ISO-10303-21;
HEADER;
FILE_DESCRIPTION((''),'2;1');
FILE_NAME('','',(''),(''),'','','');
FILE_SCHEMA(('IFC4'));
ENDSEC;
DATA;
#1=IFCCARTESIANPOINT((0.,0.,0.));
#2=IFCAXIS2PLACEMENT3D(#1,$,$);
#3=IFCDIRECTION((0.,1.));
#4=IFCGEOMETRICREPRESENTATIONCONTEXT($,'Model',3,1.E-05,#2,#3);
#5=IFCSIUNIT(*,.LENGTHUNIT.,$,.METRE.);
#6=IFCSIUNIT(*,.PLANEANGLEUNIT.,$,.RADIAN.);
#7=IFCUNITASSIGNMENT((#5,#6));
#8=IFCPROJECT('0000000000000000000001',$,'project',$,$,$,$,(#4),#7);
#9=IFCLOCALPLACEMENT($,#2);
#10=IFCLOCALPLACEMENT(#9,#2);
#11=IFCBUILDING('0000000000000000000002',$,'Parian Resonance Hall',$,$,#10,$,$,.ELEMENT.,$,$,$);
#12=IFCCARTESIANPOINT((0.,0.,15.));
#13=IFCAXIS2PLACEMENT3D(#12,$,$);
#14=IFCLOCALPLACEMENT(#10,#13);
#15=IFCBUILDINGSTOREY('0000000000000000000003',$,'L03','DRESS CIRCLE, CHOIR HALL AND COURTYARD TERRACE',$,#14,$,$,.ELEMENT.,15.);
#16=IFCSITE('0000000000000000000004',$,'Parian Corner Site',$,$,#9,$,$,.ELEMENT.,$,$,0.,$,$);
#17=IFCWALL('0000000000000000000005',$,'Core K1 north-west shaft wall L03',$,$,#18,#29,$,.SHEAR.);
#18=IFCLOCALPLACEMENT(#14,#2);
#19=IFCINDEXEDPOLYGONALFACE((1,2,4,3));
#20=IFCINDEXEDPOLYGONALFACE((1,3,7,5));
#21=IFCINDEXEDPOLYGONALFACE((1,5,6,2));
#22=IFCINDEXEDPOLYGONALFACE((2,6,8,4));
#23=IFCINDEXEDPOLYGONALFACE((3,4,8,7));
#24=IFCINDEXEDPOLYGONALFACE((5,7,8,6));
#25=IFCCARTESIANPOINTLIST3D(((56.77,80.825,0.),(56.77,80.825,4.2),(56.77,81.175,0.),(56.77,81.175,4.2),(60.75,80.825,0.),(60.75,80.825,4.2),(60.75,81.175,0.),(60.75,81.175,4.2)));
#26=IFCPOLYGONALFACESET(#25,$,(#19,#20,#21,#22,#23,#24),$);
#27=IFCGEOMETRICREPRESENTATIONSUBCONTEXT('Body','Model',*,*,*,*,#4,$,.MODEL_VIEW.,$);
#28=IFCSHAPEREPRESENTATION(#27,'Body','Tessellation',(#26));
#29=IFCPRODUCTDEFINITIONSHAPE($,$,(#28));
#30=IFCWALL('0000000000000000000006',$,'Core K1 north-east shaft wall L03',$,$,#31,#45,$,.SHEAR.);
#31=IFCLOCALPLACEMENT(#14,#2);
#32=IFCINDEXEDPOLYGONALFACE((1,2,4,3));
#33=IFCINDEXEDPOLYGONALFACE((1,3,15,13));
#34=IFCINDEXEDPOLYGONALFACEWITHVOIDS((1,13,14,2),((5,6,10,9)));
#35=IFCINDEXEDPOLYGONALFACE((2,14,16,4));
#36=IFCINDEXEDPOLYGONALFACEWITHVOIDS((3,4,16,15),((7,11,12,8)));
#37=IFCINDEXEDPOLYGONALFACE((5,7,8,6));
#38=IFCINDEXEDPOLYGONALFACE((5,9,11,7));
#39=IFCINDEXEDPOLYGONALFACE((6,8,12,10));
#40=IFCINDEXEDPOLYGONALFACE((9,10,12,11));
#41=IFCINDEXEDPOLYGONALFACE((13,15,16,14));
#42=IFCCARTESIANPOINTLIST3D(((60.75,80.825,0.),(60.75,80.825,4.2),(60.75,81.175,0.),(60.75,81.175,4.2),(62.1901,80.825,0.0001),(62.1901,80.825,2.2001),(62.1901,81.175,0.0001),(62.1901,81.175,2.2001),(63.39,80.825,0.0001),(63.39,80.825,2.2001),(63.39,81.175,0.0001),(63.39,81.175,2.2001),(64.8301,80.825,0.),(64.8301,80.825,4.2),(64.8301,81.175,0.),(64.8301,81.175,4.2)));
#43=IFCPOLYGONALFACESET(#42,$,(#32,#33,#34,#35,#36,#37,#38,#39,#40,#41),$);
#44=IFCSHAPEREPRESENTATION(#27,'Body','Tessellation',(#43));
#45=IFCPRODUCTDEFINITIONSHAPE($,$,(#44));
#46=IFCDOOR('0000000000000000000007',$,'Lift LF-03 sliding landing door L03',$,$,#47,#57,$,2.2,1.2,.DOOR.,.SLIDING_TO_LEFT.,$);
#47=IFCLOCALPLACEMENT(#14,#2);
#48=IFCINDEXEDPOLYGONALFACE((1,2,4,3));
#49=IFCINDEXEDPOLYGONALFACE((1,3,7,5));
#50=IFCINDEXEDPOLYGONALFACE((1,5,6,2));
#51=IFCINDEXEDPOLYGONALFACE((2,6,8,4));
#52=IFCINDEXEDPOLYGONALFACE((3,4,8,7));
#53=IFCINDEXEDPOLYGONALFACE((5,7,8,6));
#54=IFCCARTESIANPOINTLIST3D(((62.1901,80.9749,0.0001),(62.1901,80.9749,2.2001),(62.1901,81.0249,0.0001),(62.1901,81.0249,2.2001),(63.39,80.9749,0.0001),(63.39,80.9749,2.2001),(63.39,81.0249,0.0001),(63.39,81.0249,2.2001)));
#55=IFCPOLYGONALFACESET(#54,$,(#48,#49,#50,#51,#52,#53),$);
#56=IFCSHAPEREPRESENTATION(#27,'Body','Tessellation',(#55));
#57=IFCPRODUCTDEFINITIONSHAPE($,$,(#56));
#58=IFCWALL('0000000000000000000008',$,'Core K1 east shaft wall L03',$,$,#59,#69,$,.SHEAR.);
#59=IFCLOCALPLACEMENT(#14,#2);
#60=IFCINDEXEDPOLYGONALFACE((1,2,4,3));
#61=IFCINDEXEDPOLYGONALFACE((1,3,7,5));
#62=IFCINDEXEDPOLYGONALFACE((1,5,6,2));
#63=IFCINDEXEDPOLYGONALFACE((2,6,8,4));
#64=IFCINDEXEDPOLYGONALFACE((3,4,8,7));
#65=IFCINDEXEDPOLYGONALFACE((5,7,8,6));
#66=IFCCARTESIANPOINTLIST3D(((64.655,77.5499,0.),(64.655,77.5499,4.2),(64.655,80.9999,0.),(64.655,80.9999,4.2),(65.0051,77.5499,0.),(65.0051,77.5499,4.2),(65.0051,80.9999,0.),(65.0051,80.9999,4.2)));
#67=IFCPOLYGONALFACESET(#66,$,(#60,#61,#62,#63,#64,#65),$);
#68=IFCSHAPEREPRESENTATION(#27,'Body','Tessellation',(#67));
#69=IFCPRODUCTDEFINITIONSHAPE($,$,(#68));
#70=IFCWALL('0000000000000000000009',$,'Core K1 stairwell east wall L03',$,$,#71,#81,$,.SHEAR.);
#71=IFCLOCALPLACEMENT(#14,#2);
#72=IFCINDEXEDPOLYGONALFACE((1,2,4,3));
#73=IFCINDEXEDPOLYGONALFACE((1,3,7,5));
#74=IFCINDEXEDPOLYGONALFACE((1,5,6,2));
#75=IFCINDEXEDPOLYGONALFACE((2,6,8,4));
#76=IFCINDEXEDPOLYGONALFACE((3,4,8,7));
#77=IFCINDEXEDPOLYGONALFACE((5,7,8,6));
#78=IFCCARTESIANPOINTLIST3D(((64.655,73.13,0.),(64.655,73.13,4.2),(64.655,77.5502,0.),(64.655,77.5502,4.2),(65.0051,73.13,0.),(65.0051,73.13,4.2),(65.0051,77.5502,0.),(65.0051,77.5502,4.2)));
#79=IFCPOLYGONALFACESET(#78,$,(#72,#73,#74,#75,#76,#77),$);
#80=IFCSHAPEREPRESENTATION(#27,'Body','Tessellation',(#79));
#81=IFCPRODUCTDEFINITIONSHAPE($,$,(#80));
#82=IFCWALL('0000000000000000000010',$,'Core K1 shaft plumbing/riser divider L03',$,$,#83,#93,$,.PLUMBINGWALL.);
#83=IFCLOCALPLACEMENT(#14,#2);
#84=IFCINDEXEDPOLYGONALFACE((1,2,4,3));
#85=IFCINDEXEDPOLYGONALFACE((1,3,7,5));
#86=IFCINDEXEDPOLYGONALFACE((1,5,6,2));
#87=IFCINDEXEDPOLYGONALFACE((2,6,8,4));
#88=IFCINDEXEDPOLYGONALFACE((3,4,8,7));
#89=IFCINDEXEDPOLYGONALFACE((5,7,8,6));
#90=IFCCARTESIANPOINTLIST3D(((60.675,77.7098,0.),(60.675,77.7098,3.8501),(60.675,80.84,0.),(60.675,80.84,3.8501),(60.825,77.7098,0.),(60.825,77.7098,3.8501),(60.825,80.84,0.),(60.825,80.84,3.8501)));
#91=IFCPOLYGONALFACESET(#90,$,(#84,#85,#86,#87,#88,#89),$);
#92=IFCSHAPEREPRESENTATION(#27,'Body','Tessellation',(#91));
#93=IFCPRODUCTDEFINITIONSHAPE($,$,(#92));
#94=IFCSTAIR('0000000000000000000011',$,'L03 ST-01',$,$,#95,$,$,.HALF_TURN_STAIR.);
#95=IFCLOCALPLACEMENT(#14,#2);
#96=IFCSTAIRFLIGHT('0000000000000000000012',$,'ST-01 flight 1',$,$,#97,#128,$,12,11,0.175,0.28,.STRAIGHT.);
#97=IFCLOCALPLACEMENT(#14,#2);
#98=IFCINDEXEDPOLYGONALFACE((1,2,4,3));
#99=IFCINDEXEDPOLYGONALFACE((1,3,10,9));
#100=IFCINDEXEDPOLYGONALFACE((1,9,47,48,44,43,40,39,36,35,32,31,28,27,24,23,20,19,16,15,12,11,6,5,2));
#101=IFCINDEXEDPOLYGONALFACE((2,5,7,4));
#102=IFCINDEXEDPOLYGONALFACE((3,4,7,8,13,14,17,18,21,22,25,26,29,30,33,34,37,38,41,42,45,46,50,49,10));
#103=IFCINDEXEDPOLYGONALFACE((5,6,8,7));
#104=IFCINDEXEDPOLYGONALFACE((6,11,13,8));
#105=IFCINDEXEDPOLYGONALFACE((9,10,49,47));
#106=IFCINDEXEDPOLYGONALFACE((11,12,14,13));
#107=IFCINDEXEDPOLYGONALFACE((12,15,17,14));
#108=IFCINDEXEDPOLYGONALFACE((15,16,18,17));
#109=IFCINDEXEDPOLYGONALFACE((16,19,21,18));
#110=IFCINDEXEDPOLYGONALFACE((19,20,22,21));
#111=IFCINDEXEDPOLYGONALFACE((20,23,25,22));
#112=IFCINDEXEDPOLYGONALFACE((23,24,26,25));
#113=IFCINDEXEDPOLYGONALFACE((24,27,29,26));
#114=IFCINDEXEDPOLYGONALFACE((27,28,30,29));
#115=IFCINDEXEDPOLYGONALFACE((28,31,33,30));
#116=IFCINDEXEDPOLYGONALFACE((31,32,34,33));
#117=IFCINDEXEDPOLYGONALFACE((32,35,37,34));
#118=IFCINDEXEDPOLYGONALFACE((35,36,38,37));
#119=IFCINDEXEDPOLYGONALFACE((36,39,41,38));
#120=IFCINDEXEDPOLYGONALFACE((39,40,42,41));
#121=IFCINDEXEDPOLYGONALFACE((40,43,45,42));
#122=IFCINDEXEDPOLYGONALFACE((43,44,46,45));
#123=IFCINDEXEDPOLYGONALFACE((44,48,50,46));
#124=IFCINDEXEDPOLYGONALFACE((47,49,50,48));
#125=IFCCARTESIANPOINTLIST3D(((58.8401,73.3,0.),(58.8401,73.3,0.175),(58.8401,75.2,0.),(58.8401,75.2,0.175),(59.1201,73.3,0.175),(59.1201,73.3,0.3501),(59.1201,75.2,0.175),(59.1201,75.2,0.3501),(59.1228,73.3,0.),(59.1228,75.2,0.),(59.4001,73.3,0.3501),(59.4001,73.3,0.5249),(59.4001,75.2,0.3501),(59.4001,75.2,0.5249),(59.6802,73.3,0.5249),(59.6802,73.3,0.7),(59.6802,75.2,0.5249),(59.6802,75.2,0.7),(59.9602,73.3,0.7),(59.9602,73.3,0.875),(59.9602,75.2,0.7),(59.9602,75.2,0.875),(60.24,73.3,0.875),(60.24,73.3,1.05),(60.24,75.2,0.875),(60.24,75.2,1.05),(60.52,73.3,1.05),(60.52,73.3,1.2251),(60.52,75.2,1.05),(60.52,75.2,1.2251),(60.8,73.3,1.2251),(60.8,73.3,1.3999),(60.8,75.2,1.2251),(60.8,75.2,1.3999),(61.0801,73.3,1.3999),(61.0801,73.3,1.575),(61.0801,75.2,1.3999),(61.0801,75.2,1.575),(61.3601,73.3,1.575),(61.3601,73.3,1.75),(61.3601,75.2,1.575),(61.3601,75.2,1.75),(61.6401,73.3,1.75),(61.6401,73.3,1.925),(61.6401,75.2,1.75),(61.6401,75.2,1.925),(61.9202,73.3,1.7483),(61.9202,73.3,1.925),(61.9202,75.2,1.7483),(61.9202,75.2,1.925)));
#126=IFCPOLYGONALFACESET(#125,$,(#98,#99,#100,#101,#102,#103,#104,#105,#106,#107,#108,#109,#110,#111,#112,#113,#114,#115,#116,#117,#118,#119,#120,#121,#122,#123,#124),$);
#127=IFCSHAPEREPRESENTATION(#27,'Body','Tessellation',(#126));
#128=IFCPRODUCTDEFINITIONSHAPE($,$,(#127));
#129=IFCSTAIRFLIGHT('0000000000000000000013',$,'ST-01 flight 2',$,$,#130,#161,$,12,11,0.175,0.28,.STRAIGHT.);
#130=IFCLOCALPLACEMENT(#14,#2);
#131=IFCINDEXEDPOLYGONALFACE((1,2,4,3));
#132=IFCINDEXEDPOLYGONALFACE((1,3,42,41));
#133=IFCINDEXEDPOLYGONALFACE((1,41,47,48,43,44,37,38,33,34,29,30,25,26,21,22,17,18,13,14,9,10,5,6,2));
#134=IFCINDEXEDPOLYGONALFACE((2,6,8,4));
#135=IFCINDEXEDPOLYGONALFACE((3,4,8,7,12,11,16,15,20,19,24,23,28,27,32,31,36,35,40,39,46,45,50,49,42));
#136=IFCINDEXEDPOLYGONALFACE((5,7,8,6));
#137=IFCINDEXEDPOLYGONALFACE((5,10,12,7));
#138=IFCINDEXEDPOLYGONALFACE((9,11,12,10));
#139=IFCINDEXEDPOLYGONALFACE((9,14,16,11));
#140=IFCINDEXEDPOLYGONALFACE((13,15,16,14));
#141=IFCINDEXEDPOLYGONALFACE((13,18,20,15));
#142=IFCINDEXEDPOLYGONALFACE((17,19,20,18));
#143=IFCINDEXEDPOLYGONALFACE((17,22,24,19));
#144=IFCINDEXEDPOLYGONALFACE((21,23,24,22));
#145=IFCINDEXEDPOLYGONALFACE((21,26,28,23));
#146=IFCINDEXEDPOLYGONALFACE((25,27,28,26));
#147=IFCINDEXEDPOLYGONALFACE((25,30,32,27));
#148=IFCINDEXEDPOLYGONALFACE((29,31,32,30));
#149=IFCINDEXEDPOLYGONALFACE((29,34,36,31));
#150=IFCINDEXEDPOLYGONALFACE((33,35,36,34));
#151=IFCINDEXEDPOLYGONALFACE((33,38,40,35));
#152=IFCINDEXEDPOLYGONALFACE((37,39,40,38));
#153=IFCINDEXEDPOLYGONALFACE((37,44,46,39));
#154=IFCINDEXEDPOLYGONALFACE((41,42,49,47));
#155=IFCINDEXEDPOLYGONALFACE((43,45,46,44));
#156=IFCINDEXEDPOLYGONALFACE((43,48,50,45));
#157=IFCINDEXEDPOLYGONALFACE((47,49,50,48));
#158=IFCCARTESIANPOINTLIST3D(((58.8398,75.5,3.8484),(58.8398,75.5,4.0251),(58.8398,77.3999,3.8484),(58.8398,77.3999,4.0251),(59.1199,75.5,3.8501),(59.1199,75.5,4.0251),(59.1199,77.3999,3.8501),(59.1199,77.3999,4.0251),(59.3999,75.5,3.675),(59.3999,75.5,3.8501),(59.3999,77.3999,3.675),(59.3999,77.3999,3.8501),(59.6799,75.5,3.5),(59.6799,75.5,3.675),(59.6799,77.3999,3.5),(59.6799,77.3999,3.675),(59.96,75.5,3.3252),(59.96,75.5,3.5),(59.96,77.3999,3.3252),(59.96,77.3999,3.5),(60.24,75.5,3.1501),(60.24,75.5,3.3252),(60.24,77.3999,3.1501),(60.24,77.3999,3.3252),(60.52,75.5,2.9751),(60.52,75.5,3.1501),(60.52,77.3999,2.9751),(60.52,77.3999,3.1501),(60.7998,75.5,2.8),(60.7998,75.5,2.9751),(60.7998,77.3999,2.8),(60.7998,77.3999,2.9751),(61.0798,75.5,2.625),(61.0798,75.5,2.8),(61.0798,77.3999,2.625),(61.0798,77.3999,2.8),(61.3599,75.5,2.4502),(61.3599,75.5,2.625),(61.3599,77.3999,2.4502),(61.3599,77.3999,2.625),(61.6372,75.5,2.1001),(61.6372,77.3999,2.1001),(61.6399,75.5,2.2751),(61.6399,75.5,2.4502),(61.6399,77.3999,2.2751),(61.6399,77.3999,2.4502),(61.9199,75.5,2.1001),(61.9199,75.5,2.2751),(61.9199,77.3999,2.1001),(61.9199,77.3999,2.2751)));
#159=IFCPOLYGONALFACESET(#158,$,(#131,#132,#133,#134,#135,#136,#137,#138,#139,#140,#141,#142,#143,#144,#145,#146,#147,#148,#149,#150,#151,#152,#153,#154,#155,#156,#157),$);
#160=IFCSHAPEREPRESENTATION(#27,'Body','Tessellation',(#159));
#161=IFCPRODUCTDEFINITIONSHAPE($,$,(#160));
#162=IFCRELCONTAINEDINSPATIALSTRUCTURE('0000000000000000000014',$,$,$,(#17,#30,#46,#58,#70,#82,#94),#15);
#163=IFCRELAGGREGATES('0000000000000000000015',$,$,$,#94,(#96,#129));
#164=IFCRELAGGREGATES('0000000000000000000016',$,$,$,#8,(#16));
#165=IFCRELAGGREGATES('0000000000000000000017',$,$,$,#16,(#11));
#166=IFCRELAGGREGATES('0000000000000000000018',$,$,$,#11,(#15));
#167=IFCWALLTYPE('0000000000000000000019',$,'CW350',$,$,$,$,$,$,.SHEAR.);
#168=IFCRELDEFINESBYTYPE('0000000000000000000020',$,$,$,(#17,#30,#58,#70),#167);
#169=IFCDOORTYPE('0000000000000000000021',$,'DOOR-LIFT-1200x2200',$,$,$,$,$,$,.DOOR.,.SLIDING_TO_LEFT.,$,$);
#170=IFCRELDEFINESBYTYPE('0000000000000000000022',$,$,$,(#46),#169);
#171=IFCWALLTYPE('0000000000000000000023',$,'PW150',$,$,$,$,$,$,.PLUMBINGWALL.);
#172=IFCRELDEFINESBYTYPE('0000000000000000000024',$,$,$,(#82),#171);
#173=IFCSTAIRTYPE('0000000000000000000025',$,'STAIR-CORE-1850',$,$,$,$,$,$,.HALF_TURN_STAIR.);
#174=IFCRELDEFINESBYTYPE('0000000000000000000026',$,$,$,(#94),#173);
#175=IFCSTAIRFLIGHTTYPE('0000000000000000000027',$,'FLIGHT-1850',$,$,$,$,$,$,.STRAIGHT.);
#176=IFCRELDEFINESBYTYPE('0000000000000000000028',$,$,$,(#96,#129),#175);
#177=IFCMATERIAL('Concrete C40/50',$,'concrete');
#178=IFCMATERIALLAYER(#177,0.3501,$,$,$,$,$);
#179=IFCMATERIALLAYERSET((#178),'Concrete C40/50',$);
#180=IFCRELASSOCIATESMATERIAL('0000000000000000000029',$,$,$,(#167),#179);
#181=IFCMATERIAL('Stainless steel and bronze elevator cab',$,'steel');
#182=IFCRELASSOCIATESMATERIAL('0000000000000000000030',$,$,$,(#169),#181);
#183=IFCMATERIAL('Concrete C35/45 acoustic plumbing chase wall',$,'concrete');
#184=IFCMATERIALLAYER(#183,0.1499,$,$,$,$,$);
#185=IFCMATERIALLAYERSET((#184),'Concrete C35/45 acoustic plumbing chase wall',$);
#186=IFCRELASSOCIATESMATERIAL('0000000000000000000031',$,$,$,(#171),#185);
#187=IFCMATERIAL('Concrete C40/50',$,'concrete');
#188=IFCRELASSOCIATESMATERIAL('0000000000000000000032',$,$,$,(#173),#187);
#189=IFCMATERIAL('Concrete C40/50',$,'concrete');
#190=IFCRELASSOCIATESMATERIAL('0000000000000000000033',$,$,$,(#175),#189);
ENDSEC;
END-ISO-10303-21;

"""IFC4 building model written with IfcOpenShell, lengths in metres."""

from ifc_helpers import new_model, si_unit, direction, frame, frame_2d, origin, place, context, subcontext, project, spatial, polyline, rectangle, outline, extrude, material, layer, layer_set, type_object, element, fill, aggregate, save


model = new_model("IFC4")

# Units and contexts
model_context = context("Model", 3, precision=1e-05, world=origin(), true_north=direction((0.0, 1.0)))
body_context = subcontext(model_context, "Body", "Model", "MODEL_VIEW")
ifc_project = project(units=[si_unit("LENGTHUNIT", "METRE"), si_unit("PLANEANGLEUNIT", "RADIAN")], contexts=[model_context])

# Site, building, storey
site_placement = place(None, origin())
site = spatial("IfcSite", under=ifc_project, at=site_placement, Name="Parian Corner Site", CompositionType="ELEMENT", RefElevation=0.0)
building_placement = place(site_placement, origin())
building = spatial("IfcBuilding", under=site, at=building_placement, Name="Parian Resonance Hall", CompositionType="ELEMENT")
storey_placement = place(building_placement, frame((0.0, 0.0, 15.0)))
storey = spatial("IfcBuildingStorey", under=building, at=storey_placement, Name="L03", Description="DRESS CIRCLE, CHOIR HALL AND COURTYARD TERRACE", CompositionType="ELEMENT", Elevation=15.0)

# Shared definitions
ifc_material_1 = material(Name="Concrete C40/50", Category="concrete")
ifc_layer_1 = layer(ifc_material_1, 0.3501)
ifc_layer_set_1 = layer_set([ifc_layer_1], Name="Concrete C40/50")
wall_type_1 = type_object("IfcWallType", Name="CW350", PredefinedType="SHEAR", material=ifc_layer_set_1)
ifc_material_2 = material(Name="Stainless steel and bronze elevator cab", Category="steel")
door_type = type_object("IfcDoorType", Name="DOOR-LIFT-1200x2200", OperationType="SLIDING_TO_LEFT", PredefinedType="DOOR", material=ifc_material_2)

# Wall
wall_1_placement = place(storey_placement, frame((56.77, 81.0, 0.0), z_axis=(0.0, 0.0, 1.0), x_axis=(1.0, 0.0, 0.0)))
element("IfcWall", 1, at=wall_1_placement, inside=storey, type_object=wall_type_1, Name="Core K1 north-west shaft wall L03", PredefinedType="SHEAR", context=body_context, shape_type="SweptSolid", body=[
    extrude(rectangle(XDim=3.98, YDim=0.3501, at=frame_2d((1.99, 0.0))), origin(), (0.0, 0.0, 1.0), 4.2),
])

# Wall, opening, door
wall_2_placement = place(storey_placement, frame((60.75, 81.0, 0.0), z_axis=(0.0, 0.0, 1.0), x_axis=(1.0, 0.0, 0.0)))
wall_2 = element("IfcWall", 2, at=wall_2_placement, inside=storey, type_object=wall_type_1, Name="Core K1 north-east shaft wall L03", PredefinedType="SHEAR", context=body_context, shape_type="SweptSolid", body=[
    extrude(rectangle(XDim=4.0801, YDim=0.3501, at=frame_2d((2.04, 0.0))), origin(), (0.0, 0.0, 1.0), 4.2),
])
opening_1_placement = place(wall_2_placement, frame((1.4399, 0.0, 0.0)))
opening_1 = element("IfcOpeningElement", 3, at=opening_1_placement, cuts=wall_2, PredefinedType="OPENING", context=body_context, shape_type="SweptSolid", body=[
    extrude(rectangle(XDim=1.2, YDim=2.2, at=frame_2d((0.6001, 1.1001))), frame((0.0, 0.1851, 0.0), z_axis=(0.0, -1.0, 0.0), x_axis=(1.0, 0.0, 0.0)), (0.0, 0.0, 1.0), 0.3701),
])
door_1_placement = place(opening_1_placement, origin())
door_1 = element("IfcDoor", 4, at=door_1_placement, inside=storey, type_object=door_type, Name="Lift LF-03 sliding landing door L03", OperationType="SLIDING_TO_LEFT", OverallHeight=2.2, OverallWidth=1.2, PredefinedType="DOOR", context=body_context, shape_type="SweptSolid", body=[
    extrude(rectangle(XDim=1.2, YDim=2.2, at=frame_2d((0.6001, 1.1001))), frame((0.0, 0.0249, 0.0), z_axis=(0.0, -1.0, 0.0), x_axis=(1.0, 0.0, 0.0)), (0.0, 0.0, 1.0), 0.05),
])
fill(opening_1, door_1)

# Walls
wall_3_placement = place(storey_placement, frame((64.8301, 81.0, 0.0), z_axis=(0.0, 0.0, 1.0), x_axis=(0.0, -1.0, 0.0)))
element("IfcWall", 5, at=wall_3_placement, inside=storey, type_object=wall_type_1, Name="Core K1 east shaft wall L03", PredefinedType="SHEAR", context=body_context, shape_type="SweptSolid", body=[
    extrude(rectangle(XDim=3.45, YDim=0.3501, at=frame_2d((1.7251, 0.0))), origin(), (0.0, 0.0, 1.0), 4.2),
])
wall_4_placement = place(storey_placement, frame((64.8301, 77.55, 0.0), z_axis=(0.0, 0.0, 1.0), x_axis=(0.0, -1.0, 0.0)))
element("IfcWall", 6, at=wall_4_placement, inside=storey, type_object=wall_type_1, Name="Core K1 stairwell east wall L03", PredefinedType="SHEAR", context=body_context, shape_type="SweptSolid", body=[
    extrude(rectangle(XDim=4.4202, YDim=0.3501, at=frame_2d((2.21, 0.0))), origin(), (0.0, 0.0, 1.0), 4.2),
])
ifc_material_3 = material(Name="Concrete C35/45 acoustic plumbing chase wall", Category="concrete")
ifc_layer_2 = layer(ifc_material_3, 0.1499)
ifc_layer_set_2 = layer_set([ifc_layer_2], Name="Concrete C35/45 acoustic plumbing chase wall")
wall_type_2 = type_object("IfcWallType", Name="PW150", PredefinedType="PLUMBINGWALL", material=ifc_layer_set_2)
wall_5_placement = place(storey_placement, frame((60.75, 77.71, 0.0), z_axis=(0.0, 0.0, 1.0), x_axis=(0.0, 1.0, 0.0)))
element("IfcWall", 7, at=wall_5_placement, inside=storey, type_object=wall_type_2, Name="Core K1 shaft plumbing/riser divider L03", PredefinedType="PLUMBINGWALL", context=body_context, shape_type="SweptSolid", body=[
    extrude(rectangle(XDim=3.1301, YDim=0.1499, at=frame_2d((1.5649, 0.0))), origin(), (0.0, 0.0, 1.0), 3.8501),
])

# Stair, stair flights
ifc_material_4 = material(Name="Concrete C40/50", Category="concrete")
stair_type = type_object("IfcStairType", Name="STAIR-CORE-1850", PredefinedType="HALF_TURN_STAIR", material=ifc_material_4)
stair_placement = place(storey_placement, origin())
stair = element("IfcStair", 8, at=stair_placement, inside=storey, type_object=stair_type, Name="L03 ST-01", PredefinedType="HALF_TURN_STAIR")
ifc_material_5 = material(Name="Concrete C40/50", Category="concrete")
stair_flight_type = type_object("IfcStairFlightType", Name="FLIGHT-1850", PredefinedType="STRAIGHT", material=ifc_material_5)
stair_flight_1_placement = place(storey_placement, frame((58.8401, 74.25, 0.0), z_axis=(0.0, 0.0, 1.0), x_axis=(1.0, 0.0, 0.0)))
stair_flight_1 = element("IfcStairFlight", 9, at=stair_flight_1_placement, type_object=stair_flight_type, Name="ST-01 flight 1", NumberOfRisers=12, NumberOfTreads=11, PredefinedType="STRAIGHT", RiserHeight=0.175, TreadLength=0.28, context=body_context, shape_type="SweptSolid", body=[
    extrude(outline(polyline([(0.0, 0.0), (0.0, 0.175), (0.28, 0.175), (0.28, 0.3501), (0.5601, 0.3501), (0.5601, 0.5249), (0.8401, 0.5249), (0.8401, 0.7), (1.1201, 0.7), (1.1201, 0.875), (1.3999, 0.875), (1.3999, 1.05), (1.6799, 1.05), (1.6799, 1.2251), (1.96, 1.2251), (1.96, 1.3999), (2.24, 1.3999), (2.24, 1.575), (2.52, 1.575), (2.52, 1.75), (2.8, 1.75), (2.8, 1.925), (3.0801, 1.925), (3.0801, 2.1001), (3.0801, 1.7483), (0.2827, 0.0), (0.0, 0.0)])), frame((0.0, 0.95, 0.0), z_axis=(0.0, -1.0, 0.0), x_axis=(1.0, 0.0, 0.0)), (0.0, 0.0, 1.0), 1.8999),
])
stair_flight_2_placement = place(storey_placement, frame((61.9199, 76.45, 2.1001), z_axis=(0.0, 0.0, 1.0), x_axis=(-1.0, 0.0, 0.0)))
stair_flight_2 = element("IfcStairFlight", 10, at=stair_flight_2_placement, type_object=stair_flight_type, Name="ST-01 flight 2", NumberOfRisers=12, NumberOfTreads=11, PredefinedType="STRAIGHT", RiserHeight=0.175, TreadLength=0.28, context=body_context, shape_type="SweptSolid", body=[
    extrude(outline(polyline([(0.0, 0.0), (0.0, 0.175), (0.28, 0.175), (0.28, 0.3501), (0.5601, 0.3501), (0.5601, 0.5249), (0.8401, 0.5249), (0.8401, 0.7), (1.1201, 0.7), (1.1201, 0.875), (1.3999, 0.875), (1.3999, 1.05), (1.6799, 1.05), (1.6799, 1.2251), (1.96, 1.2251), (1.96, 1.3999), (2.24, 1.3999), (2.24, 1.575), (2.52, 1.575), (2.52, 1.75), (2.8, 1.75), (2.8, 1.925), (3.0801, 1.925), (3.0801, 2.1001), (3.0801, 1.7483), (0.2827, 0.0), (0.0, 0.0)])), frame((0.0, 0.95, 0.0), z_axis=(0.0, -1.0, 0.0), x_axis=(1.0, 0.0, 0.0)), (0.0, 0.0, 1.0), 1.8999),
])
aggregate(stair, [stair_flight_1, stair_flight_2])

save(model, "model.ifc")
